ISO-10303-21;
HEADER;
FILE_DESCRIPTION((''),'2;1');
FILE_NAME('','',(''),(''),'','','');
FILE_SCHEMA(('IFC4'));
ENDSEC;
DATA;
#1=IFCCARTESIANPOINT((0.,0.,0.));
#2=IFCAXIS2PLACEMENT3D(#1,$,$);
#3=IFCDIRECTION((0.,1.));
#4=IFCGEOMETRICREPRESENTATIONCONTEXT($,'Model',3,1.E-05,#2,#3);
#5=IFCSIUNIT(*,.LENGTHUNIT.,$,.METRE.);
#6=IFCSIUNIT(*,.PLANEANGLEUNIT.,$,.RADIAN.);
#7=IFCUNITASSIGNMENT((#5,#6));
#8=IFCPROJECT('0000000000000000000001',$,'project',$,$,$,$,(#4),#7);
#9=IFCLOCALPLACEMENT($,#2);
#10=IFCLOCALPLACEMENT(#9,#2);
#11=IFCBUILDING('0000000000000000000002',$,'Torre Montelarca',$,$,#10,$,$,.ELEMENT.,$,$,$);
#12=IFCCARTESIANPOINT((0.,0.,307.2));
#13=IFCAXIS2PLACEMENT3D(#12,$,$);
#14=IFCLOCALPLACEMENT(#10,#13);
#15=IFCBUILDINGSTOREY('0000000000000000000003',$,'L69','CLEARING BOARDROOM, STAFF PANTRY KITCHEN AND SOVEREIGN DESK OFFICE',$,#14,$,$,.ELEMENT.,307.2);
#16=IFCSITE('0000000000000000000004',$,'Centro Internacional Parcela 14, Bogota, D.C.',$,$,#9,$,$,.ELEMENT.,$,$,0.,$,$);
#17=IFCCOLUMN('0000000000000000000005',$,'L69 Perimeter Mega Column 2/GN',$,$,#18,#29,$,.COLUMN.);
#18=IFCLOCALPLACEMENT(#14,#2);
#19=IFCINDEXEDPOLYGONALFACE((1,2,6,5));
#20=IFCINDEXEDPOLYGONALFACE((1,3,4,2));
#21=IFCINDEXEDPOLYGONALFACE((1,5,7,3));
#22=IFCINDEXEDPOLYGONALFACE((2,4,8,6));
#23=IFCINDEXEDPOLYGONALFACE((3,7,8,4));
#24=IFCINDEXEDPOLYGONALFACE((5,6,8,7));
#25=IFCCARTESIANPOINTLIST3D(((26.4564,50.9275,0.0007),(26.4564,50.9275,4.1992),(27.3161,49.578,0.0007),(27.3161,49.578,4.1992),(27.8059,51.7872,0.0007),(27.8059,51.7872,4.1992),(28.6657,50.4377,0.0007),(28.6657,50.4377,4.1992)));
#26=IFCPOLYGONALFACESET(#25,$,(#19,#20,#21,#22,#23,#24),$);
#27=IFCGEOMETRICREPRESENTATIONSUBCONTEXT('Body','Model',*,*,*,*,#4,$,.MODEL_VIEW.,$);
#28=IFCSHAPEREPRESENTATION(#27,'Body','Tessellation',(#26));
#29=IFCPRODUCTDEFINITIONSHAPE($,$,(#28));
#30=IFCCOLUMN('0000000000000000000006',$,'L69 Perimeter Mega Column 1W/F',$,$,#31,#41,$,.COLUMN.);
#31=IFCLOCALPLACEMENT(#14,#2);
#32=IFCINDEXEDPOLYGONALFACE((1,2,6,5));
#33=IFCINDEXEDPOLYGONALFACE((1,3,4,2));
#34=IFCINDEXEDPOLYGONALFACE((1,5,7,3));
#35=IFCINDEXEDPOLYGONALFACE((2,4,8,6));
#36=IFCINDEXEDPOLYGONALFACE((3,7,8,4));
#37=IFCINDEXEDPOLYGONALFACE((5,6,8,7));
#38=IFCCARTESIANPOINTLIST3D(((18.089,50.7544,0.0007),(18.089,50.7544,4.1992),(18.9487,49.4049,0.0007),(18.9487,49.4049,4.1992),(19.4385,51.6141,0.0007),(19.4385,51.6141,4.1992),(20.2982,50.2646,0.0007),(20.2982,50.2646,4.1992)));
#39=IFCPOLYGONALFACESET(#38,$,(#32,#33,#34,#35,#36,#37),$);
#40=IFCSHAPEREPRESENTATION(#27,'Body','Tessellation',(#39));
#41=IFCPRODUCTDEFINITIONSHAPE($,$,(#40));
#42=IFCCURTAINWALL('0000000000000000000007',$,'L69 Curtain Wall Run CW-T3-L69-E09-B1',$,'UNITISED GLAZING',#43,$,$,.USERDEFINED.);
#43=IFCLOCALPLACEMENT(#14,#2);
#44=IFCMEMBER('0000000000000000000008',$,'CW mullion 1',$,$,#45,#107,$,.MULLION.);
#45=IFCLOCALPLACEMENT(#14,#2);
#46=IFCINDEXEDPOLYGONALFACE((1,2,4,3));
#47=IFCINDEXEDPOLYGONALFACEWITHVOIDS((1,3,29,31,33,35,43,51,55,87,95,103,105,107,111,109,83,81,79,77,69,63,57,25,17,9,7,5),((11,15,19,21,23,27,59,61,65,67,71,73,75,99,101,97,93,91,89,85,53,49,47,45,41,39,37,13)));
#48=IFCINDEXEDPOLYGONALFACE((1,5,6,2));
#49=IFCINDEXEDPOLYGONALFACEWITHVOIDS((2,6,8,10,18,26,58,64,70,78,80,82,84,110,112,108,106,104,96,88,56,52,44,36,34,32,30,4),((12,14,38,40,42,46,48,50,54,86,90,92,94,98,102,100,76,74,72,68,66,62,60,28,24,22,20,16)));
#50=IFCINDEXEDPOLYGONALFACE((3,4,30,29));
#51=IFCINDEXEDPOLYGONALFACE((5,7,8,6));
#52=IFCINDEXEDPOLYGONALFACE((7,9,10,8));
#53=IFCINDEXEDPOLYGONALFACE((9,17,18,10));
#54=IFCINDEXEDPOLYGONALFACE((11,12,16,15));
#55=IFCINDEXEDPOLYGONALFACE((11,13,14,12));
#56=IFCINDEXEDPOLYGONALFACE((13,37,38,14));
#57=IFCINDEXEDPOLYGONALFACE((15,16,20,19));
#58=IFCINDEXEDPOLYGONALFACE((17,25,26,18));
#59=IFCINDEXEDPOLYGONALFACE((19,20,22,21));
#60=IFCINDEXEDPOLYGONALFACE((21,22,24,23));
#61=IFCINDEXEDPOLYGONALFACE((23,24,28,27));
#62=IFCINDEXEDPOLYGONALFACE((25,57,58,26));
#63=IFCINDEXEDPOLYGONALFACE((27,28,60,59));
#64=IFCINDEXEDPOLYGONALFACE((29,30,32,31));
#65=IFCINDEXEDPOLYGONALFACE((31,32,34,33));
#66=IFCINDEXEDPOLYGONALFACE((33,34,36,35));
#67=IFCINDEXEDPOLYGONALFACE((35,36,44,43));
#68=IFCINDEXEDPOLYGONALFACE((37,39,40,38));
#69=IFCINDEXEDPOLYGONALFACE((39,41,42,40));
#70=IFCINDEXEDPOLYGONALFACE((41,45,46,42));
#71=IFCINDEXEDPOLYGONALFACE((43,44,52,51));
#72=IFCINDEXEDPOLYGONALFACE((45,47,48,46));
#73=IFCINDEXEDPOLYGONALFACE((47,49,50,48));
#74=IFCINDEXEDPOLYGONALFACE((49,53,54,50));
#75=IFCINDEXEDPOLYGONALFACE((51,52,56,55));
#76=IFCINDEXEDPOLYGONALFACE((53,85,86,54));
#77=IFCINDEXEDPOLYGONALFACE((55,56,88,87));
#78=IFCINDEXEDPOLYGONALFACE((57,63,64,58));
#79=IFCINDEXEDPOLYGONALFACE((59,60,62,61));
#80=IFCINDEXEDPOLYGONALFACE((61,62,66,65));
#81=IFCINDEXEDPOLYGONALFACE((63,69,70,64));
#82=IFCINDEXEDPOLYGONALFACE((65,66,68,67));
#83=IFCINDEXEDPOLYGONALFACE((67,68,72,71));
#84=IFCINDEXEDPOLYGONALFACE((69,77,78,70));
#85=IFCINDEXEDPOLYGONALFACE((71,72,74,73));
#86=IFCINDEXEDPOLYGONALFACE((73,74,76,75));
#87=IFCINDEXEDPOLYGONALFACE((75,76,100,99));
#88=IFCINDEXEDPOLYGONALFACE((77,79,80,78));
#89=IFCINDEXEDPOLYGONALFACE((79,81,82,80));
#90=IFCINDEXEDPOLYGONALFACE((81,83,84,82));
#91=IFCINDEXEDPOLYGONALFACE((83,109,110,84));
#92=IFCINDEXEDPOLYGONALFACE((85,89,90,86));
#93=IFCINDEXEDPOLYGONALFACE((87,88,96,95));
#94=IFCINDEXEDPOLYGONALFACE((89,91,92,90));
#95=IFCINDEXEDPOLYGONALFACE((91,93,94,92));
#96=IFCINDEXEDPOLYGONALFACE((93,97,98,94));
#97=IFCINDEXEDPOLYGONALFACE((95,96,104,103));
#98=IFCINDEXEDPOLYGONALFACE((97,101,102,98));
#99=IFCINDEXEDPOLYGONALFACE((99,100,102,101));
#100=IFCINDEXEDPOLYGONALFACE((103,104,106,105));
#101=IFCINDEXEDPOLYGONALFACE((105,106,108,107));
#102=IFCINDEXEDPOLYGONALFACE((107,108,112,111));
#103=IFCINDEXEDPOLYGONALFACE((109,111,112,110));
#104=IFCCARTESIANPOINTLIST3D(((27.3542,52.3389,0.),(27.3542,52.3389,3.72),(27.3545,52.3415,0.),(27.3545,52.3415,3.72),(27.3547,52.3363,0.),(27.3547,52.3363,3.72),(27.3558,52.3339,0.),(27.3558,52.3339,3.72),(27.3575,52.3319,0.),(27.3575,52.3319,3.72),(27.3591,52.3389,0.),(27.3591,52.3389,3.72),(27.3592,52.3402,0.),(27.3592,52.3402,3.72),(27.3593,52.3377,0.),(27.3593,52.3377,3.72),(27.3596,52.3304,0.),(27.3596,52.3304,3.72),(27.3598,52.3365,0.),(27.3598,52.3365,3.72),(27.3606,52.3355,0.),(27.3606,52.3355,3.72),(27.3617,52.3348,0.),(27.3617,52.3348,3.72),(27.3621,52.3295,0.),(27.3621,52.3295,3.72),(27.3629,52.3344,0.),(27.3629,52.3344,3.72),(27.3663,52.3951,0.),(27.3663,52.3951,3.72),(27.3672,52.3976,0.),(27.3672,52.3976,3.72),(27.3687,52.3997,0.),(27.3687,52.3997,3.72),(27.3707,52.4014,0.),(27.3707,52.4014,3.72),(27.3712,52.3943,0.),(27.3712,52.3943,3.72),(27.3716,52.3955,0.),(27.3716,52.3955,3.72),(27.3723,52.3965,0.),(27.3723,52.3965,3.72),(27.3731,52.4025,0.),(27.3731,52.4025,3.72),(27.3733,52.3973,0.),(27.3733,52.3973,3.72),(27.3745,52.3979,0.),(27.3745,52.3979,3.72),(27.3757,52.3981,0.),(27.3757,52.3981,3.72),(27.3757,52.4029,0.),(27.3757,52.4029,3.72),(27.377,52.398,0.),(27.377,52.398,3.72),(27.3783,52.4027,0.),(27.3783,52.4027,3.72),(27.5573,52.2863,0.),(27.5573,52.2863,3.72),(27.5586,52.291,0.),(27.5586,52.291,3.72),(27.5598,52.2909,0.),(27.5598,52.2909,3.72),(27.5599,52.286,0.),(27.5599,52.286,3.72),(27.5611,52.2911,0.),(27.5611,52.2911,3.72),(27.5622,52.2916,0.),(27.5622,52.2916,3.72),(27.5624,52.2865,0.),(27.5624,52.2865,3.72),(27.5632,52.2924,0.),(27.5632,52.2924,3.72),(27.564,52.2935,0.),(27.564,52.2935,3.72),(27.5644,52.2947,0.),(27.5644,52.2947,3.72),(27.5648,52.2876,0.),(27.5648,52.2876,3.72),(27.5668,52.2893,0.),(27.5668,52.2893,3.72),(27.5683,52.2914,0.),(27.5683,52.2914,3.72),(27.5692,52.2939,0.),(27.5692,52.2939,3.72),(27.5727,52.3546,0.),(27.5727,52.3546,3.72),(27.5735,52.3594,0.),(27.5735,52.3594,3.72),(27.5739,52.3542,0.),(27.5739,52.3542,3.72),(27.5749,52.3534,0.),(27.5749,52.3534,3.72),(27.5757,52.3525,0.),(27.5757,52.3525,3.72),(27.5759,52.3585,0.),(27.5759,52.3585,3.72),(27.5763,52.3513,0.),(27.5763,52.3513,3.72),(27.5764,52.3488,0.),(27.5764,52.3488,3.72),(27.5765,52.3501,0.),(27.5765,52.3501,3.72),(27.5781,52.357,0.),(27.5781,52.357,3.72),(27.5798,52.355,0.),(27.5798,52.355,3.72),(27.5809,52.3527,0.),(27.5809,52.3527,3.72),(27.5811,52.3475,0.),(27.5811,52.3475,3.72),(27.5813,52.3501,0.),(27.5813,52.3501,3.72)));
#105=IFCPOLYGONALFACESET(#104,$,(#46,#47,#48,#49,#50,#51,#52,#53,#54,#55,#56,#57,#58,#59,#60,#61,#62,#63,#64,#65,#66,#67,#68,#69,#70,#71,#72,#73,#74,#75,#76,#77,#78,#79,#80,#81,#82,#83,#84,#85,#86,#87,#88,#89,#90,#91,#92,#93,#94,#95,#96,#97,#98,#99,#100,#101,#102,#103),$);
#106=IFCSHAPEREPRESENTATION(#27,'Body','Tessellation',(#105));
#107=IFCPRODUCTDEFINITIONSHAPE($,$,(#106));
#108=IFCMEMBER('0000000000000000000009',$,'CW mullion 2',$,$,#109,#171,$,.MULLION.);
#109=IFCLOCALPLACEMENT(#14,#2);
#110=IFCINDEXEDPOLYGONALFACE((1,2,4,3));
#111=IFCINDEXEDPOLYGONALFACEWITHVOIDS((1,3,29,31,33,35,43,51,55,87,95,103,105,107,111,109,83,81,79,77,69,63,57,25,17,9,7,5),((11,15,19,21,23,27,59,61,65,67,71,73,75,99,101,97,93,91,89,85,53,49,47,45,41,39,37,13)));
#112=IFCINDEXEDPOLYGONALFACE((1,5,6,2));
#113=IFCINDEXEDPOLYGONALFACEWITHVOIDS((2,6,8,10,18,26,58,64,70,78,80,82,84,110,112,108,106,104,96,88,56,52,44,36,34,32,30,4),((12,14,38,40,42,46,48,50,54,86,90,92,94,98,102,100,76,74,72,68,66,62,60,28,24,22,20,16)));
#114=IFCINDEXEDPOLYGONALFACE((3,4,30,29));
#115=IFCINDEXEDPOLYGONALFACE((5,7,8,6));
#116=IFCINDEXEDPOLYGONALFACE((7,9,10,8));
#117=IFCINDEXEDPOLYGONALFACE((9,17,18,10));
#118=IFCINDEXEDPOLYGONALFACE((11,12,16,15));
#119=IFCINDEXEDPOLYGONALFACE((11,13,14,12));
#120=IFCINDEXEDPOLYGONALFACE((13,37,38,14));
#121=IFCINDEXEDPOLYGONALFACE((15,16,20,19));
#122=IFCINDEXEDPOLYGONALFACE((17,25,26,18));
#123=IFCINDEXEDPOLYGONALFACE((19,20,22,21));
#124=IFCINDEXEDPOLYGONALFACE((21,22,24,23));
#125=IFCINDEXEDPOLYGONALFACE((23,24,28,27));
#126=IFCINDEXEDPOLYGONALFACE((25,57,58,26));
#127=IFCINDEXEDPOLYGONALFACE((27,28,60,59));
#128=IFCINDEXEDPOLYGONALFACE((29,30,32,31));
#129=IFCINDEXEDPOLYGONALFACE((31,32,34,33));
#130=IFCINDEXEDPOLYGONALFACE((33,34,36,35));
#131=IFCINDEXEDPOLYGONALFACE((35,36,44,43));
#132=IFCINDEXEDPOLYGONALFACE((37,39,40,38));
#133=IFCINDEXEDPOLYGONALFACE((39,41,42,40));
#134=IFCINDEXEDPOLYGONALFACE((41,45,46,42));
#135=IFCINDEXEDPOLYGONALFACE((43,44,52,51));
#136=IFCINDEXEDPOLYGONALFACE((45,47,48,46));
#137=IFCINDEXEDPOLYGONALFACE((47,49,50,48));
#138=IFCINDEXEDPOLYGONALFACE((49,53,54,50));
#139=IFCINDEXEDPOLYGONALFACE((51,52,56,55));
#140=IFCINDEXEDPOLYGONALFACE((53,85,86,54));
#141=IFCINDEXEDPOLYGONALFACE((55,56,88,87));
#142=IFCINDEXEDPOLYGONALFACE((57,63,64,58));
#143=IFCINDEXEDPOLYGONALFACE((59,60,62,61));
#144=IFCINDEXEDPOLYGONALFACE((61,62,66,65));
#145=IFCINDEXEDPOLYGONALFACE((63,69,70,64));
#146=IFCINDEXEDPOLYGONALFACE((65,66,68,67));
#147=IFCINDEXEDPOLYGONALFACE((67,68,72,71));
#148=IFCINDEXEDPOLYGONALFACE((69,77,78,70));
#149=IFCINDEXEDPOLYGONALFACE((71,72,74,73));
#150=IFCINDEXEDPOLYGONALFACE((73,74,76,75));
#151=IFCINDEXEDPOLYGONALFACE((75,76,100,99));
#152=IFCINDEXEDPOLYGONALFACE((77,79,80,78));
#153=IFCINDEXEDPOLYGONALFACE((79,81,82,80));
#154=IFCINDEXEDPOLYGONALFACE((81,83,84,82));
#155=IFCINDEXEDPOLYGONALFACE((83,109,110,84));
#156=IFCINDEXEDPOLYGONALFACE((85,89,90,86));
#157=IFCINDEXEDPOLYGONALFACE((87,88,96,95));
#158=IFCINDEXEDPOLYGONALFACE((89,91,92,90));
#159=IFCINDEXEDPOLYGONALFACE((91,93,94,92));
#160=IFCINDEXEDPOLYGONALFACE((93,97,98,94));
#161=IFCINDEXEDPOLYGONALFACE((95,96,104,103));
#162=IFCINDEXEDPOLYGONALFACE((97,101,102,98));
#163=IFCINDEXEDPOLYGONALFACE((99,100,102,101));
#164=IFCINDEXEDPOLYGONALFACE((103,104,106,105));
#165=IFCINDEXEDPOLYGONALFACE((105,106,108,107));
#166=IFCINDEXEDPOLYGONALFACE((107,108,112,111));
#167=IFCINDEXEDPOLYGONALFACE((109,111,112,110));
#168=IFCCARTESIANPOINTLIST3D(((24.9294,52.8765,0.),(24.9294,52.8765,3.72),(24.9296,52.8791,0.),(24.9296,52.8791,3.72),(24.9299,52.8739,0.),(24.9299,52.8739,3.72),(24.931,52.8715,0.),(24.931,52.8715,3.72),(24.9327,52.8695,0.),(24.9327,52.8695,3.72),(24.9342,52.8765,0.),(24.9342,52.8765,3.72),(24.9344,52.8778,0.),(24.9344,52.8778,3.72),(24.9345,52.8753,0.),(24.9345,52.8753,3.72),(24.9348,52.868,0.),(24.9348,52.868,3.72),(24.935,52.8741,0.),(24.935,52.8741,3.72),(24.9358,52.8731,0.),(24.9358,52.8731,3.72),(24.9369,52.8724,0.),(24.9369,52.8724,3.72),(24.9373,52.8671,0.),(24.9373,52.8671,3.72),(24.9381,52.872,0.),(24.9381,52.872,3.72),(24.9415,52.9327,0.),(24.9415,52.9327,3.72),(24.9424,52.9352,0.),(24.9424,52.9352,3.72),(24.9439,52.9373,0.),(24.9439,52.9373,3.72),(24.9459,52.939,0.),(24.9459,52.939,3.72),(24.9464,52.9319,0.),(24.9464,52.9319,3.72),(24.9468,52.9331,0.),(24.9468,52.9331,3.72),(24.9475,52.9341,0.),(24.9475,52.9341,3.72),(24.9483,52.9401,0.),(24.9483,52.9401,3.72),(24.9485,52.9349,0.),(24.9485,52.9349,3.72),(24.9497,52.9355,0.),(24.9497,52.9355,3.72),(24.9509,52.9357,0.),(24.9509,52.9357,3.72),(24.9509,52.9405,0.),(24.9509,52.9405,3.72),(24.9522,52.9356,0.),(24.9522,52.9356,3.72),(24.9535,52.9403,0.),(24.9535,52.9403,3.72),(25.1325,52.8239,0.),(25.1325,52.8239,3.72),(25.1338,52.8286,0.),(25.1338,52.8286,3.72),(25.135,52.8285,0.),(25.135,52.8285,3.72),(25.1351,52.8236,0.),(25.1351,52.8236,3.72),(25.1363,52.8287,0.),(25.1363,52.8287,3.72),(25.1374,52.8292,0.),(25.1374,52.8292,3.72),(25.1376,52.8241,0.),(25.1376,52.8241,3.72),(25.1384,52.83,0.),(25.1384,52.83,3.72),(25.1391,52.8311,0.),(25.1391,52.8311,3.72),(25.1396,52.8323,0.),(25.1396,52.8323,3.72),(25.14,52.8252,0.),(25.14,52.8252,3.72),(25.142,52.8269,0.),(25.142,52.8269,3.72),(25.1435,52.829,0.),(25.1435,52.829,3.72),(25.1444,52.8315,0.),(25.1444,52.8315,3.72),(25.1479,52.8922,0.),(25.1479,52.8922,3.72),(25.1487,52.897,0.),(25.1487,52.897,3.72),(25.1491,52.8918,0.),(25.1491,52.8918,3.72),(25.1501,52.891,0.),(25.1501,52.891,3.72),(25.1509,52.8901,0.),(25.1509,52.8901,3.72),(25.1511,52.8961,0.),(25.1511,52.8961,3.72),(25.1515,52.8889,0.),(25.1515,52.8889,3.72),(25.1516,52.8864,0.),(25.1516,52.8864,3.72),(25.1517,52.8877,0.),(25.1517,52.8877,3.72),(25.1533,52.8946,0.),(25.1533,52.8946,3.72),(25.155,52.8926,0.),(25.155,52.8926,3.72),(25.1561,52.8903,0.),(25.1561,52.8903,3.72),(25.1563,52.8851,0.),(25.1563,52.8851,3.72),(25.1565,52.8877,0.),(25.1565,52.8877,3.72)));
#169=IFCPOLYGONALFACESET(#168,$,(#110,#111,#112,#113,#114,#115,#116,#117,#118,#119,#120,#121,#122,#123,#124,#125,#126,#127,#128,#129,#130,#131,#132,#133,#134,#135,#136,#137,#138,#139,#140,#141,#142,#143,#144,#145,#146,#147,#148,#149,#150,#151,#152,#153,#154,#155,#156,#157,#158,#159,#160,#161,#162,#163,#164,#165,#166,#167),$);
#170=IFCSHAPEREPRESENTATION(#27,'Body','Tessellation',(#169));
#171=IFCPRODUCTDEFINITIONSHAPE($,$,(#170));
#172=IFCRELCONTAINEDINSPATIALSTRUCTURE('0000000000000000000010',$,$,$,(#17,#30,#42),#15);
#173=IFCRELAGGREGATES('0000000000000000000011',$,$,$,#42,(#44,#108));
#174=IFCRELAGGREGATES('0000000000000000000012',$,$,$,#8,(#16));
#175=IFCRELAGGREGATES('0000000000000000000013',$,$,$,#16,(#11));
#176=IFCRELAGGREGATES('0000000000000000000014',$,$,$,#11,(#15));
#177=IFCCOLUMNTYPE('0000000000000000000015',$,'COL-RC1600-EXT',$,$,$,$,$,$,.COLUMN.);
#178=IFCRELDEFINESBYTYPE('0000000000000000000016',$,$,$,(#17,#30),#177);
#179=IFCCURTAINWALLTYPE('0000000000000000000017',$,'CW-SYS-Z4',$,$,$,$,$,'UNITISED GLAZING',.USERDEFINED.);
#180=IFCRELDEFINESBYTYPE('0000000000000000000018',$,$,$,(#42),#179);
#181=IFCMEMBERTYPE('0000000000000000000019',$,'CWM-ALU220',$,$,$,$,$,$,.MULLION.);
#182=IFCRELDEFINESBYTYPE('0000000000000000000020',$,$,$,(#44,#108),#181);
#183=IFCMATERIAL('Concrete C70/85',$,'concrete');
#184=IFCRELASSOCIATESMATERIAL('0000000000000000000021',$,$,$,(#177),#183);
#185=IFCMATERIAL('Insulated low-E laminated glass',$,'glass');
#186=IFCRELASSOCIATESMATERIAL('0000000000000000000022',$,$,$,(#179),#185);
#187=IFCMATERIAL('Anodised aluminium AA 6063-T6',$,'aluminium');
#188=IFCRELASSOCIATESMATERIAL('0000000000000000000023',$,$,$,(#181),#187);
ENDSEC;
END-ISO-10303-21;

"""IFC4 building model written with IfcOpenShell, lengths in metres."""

from ifc_helpers import new_model, si_unit, direction, frame, origin, origin_2d, place, context, subcontext, project, spatial, rectangle, hollow_rectangle, extrude, source, transform, mapped, material, material_profile, profile_set, type_object, element, aggregate, save


model = new_model("IFC4")

# Units and contexts
model_context = context("Model", 3, precision=1e-05, world=origin(), true_north=direction((0.0, 1.0)))
body_context = subcontext(model_context, "Body", "Model", "MODEL_VIEW")
ifc_project = project(units=[si_unit("LENGTHUNIT", "METRE"), si_unit("PLANEANGLEUNIT", "RADIAN")], contexts=[model_context])

# Site, building, storey
site_placement = place(None, origin())
site = spatial("IfcSite", under=ifc_project, at=site_placement, Name="Centro Internacional Parcela 14, Bogota, D.C.", CompositionType="ELEMENT", RefElevation=0.0)
building_placement = place(site_placement, origin())
building = spatial("IfcBuilding", under=site, at=building_placement, Name="Torre Montelarca", CompositionType="ELEMENT")
storey_placement = place(building_placement, frame((0.0, 0.0, 307.2)))
storey = spatial("IfcBuildingStorey", under=building, at=storey_placement, Name="L69", Description="CLEARING BOARDROOM, STAFF PANTRY KITCHEN AND SOVEREIGN DESK OFFICE", CompositionType="ELEMENT", Elevation=307.2)

# Columns
ifc_material_1 = material(Name="Concrete C70/85", Category="concrete")
ifc_material_profile_1 = material_profile(ifc_material_1, rectangle(XDim=1.6001, YDim=1.6001, at=origin_2d()), Name="RC1600X1600", Category="concrete")
ifc_profile_set_1 = profile_set([ifc_material_profile_1], Name="Concrete C70/85")
column_type = type_object("IfcColumnType", Name="COL-RC1600-EXT", PredefinedType="COLUMN", material=ifc_profile_set_1)
shared_shape_1 = source(origin(), body_context, "Body", "SweptSolid", [
    extrude(rectangle(XDim=1.6001, YDim=1.6001, at=origin_2d()), origin(), (0.0, 0.0, 1.0), 4.1985),
])
for number, where, z_axis, x_axis, name in (
    (1, (27.561, 50.6826, 0.0007), (0.0, 0.0, 1.0), (-0.5373, 0.843391, 0.0), "L69 Perimeter Mega Column 2/GN"),
    (2, (19.1936, 50.5095, 0.0007), (0.0, 0.0, 1.0), (-0.5373, 0.843391, 0.0), "L69 Perimeter Mega Column 1W/F"),
):
    element("IfcColumn", number, at=place(storey_placement, frame(where, z_axis=z_axis, x_axis=x_axis)), inside=storey, type_object=column_type, Name=name, PredefinedType="COLUMN", context=body_context, shape_type="MappedRepresentation", body=[
        mapped(shared_shape_1, transform((0.0, 0.0, 0.0), scale=1.0)),
    ])

# Curtain wall, members
ifc_material_2 = material(Name="Insulated low-E laminated glass", Category="glass")
curtain_wall_type = type_object("IfcCurtainWallType", Name="CW-SYS-Z4", ElementType="UNITISED GLAZING", PredefinedType="USERDEFINED", material=ifc_material_2)
curtain_wall_1_placement = place(storey_placement, origin())
curtain_wall_1 = element("IfcCurtainWall", 3, at=curtain_wall_1_placement, inside=storey, type_object=curtain_wall_type, Name="L69 Curtain Wall Run CW-T3-L69-E09-B1", ObjectType="UNITISED GLAZING", PredefinedType="USERDEFINED")
ifc_material_3 = material(Name="Anodised aluminium AA 6063-T6", Category="aluminium")
ifc_material_profile_2 = material_profile(ifc_material_3, hollow_rectangle(XDim=0.075, YDim=0.22, WallThickness=0.0049, InnerFilletRadius=0.0049, OuterFilletRadius=0.01, at=origin_2d()), Name="ALU75X220X5", Category="aluminium")
ifc_profile_set_2 = profile_set([ifc_material_profile_2], Name="Anodised aluminium AA 6063-T6")
member_type_1 = type_object("IfcMemberType", Name="CWM-ALU220", PredefinedType="MULLION", material=ifc_profile_set_2)
shared_shape_2 = source(origin(), body_context, "Body", "SweptSolid", [
    extrude(hollow_rectangle(XDim=0.075, YDim=0.22, WallThickness=0.0049, InnerFilletRadius=0.0049, OuterFilletRadius=0.01, at=origin_2d()), origin(), (0.0, 0.0, 1.0), 3.72),
])
member_1_placement = place(storey_placement, frame((27.4678, 52.3445, 0.0), z_axis=(0.0, 0.0, 1.0), x_axis=(-0.216443, -0.976295, 0.0)))
member_1 = element("IfcMember", 4, at=member_1_placement, type_object=member_type_1, Name="CW mullion 1", PredefinedType="MULLION", context=body_context, shape_type="MappedRepresentation", body=[
    mapped(shared_shape_2, transform((0.0, 0.0, 0.0), scale=1.0)),
])
member_2_placement = place(storey_placement, frame((25.043, 52.8821, 0.0), z_axis=(0.0, 0.0, 1.0), x_axis=(-0.216443, -0.976295, 0.0)))
member_2 = element("IfcMember", 5, at=member_2_placement, type_object=member_type_1, Name="CW mullion 2", PredefinedType="MULLION", context=body_context, shape_type="MappedRepresentation", body=[
    mapped(shared_shape_2, transform((0.0, 0.0, 0.0), scale=1.0)),
])

aggregate(curtain_wall_1, [member_1, member_2])

save(model, "model.ifc")
